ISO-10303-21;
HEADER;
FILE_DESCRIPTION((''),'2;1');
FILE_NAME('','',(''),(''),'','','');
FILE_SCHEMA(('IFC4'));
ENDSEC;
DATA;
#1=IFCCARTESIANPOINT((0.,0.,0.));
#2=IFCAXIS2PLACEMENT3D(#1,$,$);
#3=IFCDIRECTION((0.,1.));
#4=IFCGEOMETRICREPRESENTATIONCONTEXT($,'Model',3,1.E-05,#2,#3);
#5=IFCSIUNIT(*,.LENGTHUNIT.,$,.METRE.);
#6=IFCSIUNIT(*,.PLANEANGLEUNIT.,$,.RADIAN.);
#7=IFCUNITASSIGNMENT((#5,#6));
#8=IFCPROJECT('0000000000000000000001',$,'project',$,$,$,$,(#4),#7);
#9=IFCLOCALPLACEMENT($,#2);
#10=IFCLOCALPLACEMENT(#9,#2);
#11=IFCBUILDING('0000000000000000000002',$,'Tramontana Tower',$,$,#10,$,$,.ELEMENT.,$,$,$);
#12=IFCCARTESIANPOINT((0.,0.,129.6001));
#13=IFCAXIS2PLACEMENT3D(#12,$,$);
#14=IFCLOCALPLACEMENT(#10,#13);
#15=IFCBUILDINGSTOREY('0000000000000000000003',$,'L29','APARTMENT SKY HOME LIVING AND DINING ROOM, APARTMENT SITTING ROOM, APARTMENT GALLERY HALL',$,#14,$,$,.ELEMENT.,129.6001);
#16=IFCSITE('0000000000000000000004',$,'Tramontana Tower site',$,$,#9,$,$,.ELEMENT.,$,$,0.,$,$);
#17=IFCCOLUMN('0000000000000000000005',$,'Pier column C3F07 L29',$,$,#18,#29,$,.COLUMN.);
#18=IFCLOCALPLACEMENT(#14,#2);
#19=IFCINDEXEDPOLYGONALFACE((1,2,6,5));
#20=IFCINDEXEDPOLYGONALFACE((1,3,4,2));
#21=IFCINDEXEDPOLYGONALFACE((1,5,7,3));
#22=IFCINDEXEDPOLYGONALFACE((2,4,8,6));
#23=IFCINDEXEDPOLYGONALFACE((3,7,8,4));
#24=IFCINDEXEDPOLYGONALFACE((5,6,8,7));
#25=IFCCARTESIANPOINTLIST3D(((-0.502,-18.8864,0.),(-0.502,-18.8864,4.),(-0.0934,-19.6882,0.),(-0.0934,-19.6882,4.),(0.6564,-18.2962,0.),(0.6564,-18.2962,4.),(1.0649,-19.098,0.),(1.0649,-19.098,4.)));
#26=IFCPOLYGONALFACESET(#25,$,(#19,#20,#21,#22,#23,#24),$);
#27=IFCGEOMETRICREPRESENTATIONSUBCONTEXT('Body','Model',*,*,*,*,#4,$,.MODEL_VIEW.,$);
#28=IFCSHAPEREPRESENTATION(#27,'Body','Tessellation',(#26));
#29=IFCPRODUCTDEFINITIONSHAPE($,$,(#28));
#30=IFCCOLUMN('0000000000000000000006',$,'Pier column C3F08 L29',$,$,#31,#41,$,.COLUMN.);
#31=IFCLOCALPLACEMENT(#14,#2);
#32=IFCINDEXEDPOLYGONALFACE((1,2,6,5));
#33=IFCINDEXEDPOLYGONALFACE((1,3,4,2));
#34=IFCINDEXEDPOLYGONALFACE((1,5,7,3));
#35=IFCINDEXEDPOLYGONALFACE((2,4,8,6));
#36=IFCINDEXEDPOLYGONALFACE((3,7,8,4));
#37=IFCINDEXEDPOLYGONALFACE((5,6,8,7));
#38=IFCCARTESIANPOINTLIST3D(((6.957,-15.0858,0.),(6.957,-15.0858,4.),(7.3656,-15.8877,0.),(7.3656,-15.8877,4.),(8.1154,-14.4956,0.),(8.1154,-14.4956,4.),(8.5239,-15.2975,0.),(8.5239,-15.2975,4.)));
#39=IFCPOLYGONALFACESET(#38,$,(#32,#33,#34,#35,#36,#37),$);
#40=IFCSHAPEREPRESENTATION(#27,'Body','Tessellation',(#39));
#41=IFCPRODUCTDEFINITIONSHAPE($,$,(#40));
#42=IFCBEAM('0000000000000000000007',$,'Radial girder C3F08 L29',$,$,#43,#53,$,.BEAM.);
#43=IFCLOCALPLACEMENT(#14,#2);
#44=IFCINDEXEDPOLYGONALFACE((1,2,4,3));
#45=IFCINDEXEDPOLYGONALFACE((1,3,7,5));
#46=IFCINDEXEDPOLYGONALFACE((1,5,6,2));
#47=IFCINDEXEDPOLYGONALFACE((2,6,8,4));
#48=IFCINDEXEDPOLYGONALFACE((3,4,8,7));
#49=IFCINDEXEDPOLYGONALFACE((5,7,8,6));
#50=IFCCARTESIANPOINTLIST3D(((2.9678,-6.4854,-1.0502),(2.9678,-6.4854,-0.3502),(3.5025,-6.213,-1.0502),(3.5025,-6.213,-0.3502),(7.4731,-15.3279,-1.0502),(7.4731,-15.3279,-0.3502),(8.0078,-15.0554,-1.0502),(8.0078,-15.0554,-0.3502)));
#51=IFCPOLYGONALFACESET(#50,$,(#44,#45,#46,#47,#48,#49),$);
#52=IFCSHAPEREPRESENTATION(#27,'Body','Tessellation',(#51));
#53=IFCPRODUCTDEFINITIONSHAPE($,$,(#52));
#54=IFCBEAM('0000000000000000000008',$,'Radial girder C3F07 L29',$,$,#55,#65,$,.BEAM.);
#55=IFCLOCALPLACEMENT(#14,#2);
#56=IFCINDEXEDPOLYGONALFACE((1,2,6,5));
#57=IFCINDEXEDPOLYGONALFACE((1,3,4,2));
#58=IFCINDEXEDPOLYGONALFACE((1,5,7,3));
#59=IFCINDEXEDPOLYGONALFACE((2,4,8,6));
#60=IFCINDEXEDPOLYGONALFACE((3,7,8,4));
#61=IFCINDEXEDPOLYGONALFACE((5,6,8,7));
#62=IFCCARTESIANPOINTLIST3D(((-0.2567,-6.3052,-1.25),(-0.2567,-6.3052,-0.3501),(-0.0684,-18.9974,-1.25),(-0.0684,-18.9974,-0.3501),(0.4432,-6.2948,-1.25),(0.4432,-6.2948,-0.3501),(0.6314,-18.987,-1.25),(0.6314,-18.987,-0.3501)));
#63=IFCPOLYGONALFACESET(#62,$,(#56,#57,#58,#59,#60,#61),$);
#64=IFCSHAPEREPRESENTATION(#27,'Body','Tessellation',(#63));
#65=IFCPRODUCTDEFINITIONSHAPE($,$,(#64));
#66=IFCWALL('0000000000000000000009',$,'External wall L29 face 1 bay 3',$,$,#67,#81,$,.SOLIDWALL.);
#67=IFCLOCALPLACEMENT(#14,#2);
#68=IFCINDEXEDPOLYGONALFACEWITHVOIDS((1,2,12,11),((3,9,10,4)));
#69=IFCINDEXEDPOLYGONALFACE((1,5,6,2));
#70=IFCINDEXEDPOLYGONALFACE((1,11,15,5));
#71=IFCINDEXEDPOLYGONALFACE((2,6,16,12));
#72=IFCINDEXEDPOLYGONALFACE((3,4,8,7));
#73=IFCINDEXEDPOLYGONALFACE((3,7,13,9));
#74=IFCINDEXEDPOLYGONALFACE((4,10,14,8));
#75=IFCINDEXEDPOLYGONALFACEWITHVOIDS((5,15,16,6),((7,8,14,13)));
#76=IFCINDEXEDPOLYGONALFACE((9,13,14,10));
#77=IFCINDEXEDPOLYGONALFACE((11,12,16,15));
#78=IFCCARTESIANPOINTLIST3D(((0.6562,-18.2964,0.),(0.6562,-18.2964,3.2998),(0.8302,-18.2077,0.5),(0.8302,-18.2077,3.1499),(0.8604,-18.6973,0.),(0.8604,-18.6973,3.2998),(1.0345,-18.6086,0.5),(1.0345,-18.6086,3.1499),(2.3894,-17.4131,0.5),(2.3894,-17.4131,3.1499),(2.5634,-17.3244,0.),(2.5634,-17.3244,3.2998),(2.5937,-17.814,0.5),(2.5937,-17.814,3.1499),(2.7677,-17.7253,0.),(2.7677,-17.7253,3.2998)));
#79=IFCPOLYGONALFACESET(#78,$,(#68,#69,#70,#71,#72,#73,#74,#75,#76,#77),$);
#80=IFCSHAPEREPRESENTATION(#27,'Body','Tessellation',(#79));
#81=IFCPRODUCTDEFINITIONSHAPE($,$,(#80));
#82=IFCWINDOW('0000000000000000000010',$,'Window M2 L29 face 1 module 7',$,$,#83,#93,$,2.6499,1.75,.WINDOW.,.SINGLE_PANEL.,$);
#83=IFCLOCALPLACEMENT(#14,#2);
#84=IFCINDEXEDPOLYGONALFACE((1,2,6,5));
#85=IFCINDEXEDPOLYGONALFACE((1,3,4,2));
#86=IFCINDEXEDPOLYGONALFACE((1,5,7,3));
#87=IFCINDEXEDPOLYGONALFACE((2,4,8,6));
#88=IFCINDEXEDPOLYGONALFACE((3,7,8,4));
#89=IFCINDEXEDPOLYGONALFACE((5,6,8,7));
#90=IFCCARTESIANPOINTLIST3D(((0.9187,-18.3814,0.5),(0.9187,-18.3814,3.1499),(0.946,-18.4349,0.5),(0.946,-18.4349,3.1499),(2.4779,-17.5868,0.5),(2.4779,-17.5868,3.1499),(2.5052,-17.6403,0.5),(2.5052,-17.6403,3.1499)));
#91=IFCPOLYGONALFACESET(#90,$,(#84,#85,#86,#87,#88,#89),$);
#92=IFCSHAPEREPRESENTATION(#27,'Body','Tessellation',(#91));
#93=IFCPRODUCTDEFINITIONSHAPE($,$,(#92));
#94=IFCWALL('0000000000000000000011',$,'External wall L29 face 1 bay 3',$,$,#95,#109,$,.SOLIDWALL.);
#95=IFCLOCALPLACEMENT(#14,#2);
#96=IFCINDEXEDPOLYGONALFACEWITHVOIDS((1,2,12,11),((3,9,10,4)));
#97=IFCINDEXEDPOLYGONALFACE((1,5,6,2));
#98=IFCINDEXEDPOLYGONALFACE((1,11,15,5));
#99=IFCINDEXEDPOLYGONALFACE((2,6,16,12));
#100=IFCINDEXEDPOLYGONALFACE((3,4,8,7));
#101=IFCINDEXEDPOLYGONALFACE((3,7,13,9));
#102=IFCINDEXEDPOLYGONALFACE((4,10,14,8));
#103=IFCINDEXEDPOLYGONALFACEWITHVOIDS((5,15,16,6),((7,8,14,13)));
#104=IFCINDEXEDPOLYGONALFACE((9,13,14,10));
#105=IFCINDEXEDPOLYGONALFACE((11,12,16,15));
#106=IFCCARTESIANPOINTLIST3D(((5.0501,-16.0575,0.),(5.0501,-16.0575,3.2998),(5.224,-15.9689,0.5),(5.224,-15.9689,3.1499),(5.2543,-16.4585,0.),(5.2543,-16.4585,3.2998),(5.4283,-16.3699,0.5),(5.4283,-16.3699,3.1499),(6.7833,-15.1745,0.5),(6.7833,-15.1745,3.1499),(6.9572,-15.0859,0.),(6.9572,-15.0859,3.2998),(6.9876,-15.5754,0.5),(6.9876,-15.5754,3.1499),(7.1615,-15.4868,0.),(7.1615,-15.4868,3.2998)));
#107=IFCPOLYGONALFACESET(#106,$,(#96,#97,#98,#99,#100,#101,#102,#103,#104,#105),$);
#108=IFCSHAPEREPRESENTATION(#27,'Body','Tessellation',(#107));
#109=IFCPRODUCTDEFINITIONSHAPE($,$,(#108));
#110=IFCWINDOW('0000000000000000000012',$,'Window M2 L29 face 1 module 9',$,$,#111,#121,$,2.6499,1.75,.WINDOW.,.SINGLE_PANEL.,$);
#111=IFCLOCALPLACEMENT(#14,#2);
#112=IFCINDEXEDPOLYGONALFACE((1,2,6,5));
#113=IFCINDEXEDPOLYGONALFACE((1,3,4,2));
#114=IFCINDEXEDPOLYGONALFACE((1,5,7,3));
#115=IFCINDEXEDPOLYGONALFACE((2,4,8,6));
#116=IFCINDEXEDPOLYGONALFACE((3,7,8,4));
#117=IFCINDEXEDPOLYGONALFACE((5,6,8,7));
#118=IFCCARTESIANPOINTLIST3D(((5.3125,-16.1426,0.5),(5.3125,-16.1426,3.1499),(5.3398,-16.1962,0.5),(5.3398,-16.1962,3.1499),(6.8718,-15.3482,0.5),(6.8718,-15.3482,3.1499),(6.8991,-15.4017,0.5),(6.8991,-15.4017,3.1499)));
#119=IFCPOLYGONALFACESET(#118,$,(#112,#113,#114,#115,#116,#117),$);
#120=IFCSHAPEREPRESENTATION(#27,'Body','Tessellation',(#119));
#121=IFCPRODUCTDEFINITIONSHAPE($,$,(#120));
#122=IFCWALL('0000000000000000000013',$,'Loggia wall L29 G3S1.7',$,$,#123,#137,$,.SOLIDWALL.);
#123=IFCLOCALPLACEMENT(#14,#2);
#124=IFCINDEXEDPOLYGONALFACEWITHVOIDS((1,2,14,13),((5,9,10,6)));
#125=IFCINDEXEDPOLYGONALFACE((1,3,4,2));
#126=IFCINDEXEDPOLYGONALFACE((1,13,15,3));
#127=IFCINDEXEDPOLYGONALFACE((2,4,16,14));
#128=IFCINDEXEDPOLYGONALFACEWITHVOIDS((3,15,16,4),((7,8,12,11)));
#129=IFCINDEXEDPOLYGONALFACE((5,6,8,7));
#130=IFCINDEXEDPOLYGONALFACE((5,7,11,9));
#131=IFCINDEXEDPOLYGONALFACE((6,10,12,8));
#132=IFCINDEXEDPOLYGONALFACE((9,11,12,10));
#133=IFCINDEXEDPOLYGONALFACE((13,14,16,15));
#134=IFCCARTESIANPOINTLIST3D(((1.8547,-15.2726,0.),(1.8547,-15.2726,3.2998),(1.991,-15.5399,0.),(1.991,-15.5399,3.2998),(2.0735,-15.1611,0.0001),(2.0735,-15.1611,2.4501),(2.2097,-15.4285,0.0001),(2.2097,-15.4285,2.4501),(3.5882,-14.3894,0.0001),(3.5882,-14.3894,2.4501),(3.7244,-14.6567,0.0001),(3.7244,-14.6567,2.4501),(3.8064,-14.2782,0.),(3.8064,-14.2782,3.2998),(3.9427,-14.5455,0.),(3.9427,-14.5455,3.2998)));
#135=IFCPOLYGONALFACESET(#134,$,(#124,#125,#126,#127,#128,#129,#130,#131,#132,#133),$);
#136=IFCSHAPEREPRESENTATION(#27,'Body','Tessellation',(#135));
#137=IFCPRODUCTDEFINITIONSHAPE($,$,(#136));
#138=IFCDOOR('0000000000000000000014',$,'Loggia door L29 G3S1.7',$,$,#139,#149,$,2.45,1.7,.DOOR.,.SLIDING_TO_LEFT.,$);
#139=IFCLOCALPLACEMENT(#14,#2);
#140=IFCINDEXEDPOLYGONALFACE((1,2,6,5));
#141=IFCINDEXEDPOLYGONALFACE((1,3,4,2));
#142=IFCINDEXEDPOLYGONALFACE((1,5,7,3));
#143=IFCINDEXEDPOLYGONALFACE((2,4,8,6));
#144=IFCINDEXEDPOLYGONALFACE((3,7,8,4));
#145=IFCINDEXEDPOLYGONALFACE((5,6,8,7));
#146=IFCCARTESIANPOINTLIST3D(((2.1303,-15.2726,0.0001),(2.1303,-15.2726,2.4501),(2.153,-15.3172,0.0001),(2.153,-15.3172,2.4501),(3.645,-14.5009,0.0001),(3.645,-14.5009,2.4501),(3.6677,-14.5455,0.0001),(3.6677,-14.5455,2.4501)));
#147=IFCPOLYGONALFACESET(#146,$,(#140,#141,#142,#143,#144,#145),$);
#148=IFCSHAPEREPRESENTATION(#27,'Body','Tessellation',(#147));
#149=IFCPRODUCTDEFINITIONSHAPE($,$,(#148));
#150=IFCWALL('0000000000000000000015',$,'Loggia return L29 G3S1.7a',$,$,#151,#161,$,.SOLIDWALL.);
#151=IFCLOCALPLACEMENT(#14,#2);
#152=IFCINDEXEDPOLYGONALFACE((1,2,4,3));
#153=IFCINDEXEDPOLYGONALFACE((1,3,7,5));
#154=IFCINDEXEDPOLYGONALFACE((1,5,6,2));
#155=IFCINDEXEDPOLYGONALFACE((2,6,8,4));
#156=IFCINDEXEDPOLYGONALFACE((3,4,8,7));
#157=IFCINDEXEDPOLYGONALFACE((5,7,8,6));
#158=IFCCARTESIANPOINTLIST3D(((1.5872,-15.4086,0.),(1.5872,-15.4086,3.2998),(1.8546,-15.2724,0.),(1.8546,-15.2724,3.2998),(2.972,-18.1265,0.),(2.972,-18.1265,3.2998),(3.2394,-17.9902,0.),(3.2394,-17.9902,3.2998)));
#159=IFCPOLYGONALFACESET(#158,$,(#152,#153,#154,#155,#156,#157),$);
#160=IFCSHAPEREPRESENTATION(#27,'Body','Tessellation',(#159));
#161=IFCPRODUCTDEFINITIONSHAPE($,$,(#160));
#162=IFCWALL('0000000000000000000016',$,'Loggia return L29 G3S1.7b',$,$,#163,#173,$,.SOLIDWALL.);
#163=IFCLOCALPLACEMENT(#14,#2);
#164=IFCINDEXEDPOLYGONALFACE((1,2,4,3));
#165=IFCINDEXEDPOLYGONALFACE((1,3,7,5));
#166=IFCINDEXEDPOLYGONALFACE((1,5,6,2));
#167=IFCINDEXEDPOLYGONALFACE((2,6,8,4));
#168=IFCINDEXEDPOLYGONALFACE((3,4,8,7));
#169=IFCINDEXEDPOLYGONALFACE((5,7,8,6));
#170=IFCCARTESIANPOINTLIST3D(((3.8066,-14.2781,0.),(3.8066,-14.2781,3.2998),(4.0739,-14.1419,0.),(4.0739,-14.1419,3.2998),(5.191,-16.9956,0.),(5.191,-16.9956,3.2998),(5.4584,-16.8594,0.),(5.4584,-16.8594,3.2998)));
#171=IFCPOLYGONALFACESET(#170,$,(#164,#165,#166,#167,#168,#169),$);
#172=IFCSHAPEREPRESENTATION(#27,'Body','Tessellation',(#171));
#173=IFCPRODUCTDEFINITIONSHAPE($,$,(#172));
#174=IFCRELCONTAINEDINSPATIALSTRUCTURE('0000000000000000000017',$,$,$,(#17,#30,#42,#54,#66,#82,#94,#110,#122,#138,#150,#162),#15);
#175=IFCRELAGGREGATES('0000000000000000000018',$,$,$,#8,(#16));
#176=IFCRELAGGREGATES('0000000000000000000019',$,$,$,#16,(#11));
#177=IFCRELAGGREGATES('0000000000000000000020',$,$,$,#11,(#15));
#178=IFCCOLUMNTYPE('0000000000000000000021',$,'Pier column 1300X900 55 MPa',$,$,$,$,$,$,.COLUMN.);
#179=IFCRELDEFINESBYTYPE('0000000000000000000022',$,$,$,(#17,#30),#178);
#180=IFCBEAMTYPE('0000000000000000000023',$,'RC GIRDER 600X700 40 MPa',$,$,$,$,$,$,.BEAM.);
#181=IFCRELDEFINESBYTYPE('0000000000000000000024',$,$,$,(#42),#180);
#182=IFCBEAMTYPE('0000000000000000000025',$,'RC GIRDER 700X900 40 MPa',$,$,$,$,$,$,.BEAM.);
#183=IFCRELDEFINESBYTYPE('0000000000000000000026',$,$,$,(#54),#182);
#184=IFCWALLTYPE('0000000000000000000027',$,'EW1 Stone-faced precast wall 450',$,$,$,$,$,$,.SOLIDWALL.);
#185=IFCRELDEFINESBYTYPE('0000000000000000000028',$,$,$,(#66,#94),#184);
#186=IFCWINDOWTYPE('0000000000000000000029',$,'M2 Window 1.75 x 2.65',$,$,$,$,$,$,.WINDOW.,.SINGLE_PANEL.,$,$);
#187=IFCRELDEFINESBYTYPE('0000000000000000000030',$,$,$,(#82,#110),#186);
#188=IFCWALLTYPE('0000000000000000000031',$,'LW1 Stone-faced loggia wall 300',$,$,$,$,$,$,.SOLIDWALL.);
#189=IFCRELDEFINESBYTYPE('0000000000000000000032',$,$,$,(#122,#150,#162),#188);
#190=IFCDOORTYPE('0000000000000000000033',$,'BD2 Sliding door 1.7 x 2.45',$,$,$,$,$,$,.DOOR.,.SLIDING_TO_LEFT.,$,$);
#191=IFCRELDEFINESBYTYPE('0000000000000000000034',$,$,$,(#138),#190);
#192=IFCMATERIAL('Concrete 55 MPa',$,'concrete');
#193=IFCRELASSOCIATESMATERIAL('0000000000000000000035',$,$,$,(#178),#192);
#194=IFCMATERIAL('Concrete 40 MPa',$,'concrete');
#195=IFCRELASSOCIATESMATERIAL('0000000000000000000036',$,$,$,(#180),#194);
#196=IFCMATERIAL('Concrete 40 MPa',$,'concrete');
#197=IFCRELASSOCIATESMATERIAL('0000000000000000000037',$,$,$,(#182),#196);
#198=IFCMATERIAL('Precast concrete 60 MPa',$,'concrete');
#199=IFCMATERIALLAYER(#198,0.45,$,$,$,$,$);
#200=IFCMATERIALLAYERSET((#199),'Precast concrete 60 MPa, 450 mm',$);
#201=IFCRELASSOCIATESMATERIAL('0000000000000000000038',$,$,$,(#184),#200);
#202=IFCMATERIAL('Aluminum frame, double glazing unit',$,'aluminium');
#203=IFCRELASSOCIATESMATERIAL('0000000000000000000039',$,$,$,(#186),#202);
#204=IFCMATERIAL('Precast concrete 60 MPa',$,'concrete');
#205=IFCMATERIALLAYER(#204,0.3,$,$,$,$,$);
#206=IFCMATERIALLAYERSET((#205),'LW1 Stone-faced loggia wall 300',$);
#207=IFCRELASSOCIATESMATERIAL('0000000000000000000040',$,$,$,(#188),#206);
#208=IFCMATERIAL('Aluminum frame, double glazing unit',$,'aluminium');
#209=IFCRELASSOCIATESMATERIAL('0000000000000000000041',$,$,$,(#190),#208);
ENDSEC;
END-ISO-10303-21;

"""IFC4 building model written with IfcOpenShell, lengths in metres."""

from ifc_helpers import new_model, si_unit, direction, frame, frame_2d, origin, origin_2d, place, context, subcontext, project, spatial, rectangle, extrude, material, layer, layer_set, material_profile, profile_set, type_object, element, fill, save


model = new_model("IFC4")

# Units and contexts
model_context = context("Model", 3, precision=1e-05, world=origin(), true_north=direction((0.0, 1.0)))
body_context = subcontext(model_context, "Body", "Model", "MODEL_VIEW")
ifc_project = project(units=[si_unit("LENGTHUNIT", "METRE"), si_unit("PLANEANGLEUNIT", "RADIAN")], contexts=[model_context])

# Site, building, storey
site_placement = place(None, origin())
site = spatial("IfcSite", under=ifc_project, at=site_placement, Name="Tramontana Tower site", CompositionType="ELEMENT", RefElevation=0.0)
building_placement = place(site_placement, origin())
building = spatial("IfcBuilding", under=site, at=building_placement, Name="Tramontana Tower", CompositionType="ELEMENT")
storey_placement = place(building_placement, frame((0.0, 0.0, 129.6001)))
storey = spatial("IfcBuildingStorey", under=building, at=storey_placement, Name="L29", Description="APARTMENT SKY HOME LIVING AND DINING ROOM, APARTMENT SITTING ROOM, APARTMENT GALLERY HALL", CompositionType="ELEMENT", Elevation=129.6001)

# Columns
ifc_material_1 = material(Name="Concrete 55 MPa", Category="concrete")
ifc_material_profile_1 = material_profile(ifc_material_1, rectangle(XDim=1.3, YDim=0.8999, at=origin_2d()), Name="Pier column 1300X900 55 MPa")
ifc_profile_set_1 = profile_set([ifc_material_profile_1], Name="Concrete 55 MPa")
column_type = type_object("IfcColumnType", Name="Pier column 1300X900 55 MPa", PredefinedType="COLUMN", material=ifc_profile_set_1)
for number, where, z_axis, x_axis, name in (
    (1, (0.2815, -18.9922, 0.0), (0.0, 0.0, 1.0), (0.891007, 0.45399, 0.0), "Pier column C3F07 L29"),
    (2, (7.7405, -15.1917, 0.0), (0.0, 0.0, 1.0), (0.891007, 0.45399, 0.0), "Pier column C3F08 L29"),
):
    element("IfcColumn", number, at=place(storey_placement, frame(where, z_axis=z_axis, x_axis=x_axis)), inside=storey, type_object=column_type, Name=name, PredefinedType="COLUMN", context=body_context, shape_type="SweptSolid", body=[
        extrude(rectangle(XDim=1.3, YDim=0.8999, at=origin_2d()), origin(), (0.0, 0.0, 1.0), 4.0),
    ])

# Beams
ifc_material_2 = material(Name="Concrete 40 MPa", Category="concrete")
ifc_material_profile_2 = material_profile(ifc_material_2, rectangle(XDim=0.6001, YDim=0.7, at=origin_2d()), Name="RC GIRDER 600X700 40 MPa")
ifc_profile_set_2 = profile_set([ifc_material_profile_2], Name="Concrete 40 MPa")
beam_type_1 = type_object("IfcBeamType", Name="RC GIRDER 600X700 40 MPa", PredefinedType="BEAM", material=ifc_profile_set_2)
beam_1_placement = place(storey_placement, frame((7.7405, -15.1917, -0.7002), z_axis=(-0.453981, 0.891012, 0.0), x_axis=(-0.891012, -0.453981, 0.0)))
element("IfcBeam", 3, at=beam_1_placement, inside=storey, type_object=beam_type_1, Name="Radial girder C3F08 L29", PredefinedType="BEAM", context=body_context, shape_type="SweptSolid", body=[
    extrude(rectangle(XDim=0.6001, YDim=0.7, at=origin_2d()), origin(), (0.0, 0.0, 1.0), 9.9241),
])
ifc_material_3 = material(Name="Concrete 40 MPa", Category="concrete")
ifc_material_profile_3 = material_profile(ifc_material_3, rectangle(XDim=0.7, YDim=0.8999, at=origin_2d()), Name="RC GIRDER 700X900 40 MPa")
ifc_profile_set_3 = profile_set([ifc_material_profile_3], Name="Concrete 40 MPa")
beam_type_2 = type_object("IfcBeamType", Name="RC GIRDER 700X900 40 MPa", PredefinedType="BEAM", material=ifc_profile_set_3)
beam_2_placement = place(storey_placement, frame((0.2815, -18.9922, -0.8), z_axis=(-0.014829, 0.99989, 0.0), x_axis=(-0.99989, -0.014829, 0.0)))
element("IfcBeam", 4, at=beam_2_placement, inside=storey, type_object=beam_type_2, Name="Radial girder C3F07 L29", PredefinedType="BEAM", context=body_context, shape_type="SweptSolid", body=[
    extrude(rectangle(XDim=0.7, YDim=0.8999, at=origin_2d()), origin(), (0.0, 0.0, 1.0), 12.6936),
])

# Walls, openings, windows
ifc_material_4 = material(Name="Precast concrete 60 MPa", Category="concrete")
ifc_layer_1 = layer(ifc_material_4, 0.45)
ifc_layer_set_1 = layer_set([ifc_layer_1], Name="Precast concrete 60 MPa, 450 mm")
wall_type_1 = type_object("IfcWallType", Name="EW1 Stone-faced precast wall 450", PredefinedType="SOLIDWALL", material=ifc_layer_set_1)
wall_1_placement = place(storey_placement, frame((0.7583, -18.4968, 0.0), z_axis=(0.0, 0.0, 1.0), x_axis=(0.890979, 0.454044, 0.0)))
wall_1 = element("IfcWall", 5, at=wall_1_placement, inside=storey, type_object=wall_type_1, Name="External wall L29 face 1 bay 3", PredefinedType="SOLIDWALL", context=body_context, shape_type="SweptSolid", body=[
    extrude(rectangle(XDim=2.1406, YDim=0.45, at=frame_2d((1.0703, 0.0))), origin(), (0.0, 0.0, 1.0), 3.2998),
])
opening_1_placement = place(wall_1_placement, frame((0.1953, 0.0, 0.5)))
opening_1 = element("IfcOpeningElement", 6, at=opening_1_placement, cuts=wall_1, PredefinedType="OPENING", context=body_context, shape_type="SweptSolid", body=[
    extrude(rectangle(XDim=1.75, YDim=2.6499, at=frame_2d((0.875, 1.325))), frame((0.0, 0.2349, 0.0), z_axis=(0.0, -1.0, 0.0), x_axis=(1.0, 0.0, 0.0)), (0.0, 0.0, 1.0), 0.47),
])
ifc_material_5 = material(Name="Aluminum frame, double glazing unit", Category="aluminium")
window_type = type_object("IfcWindowType", Name="M2 Window 1.75 x 2.65", PartitioningType="SINGLE_PANEL", PredefinedType="WINDOW", material=ifc_material_5)
window_1_placement = place(opening_1_placement, origin())
window_1 = element("IfcWindow", 7, at=window_1_placement, inside=storey, type_object=window_type, Name="Window M2 L29 face 1 module 7", OverallHeight=2.6499, OverallWidth=1.75, PartitioningType="SINGLE_PANEL", PredefinedType="WINDOW", context=body_context, shape_type="SweptSolid", body=[
    extrude(rectangle(XDim=1.75, YDim=2.6499, at=frame_2d((0.875, 1.325))), frame((0.0, 0.03, 0.0), z_axis=(0.0, -1.0, 0.0), x_axis=(1.0, 0.0, 0.0)), (0.0, 0.0, 1.0), 0.0601),
])
fill(opening_1, window_1)
wall_2_placement = place(storey_placement, frame((5.1521, -16.2581, 0.0), z_axis=(0.0, 0.0, 1.0), x_axis=(0.891026, 0.453953, 0.0)))
wall_2 = element("IfcWall", 8, at=wall_2_placement, inside=storey, type_object=wall_type_1, Name="External wall L29 face 1 bay 3", PredefinedType="SOLIDWALL", context=body_context, shape_type="SweptSolid", body=[
    extrude(rectangle(XDim=2.1404, YDim=0.45, at=frame_2d((1.0703, 0.0))), origin(), (0.0, 0.0, 1.0), 3.2998),
])
opening_2_placement = place(wall_2_placement, frame((0.1953, 0.0, 0.5)))
opening_2 = element("IfcOpeningElement", 9, at=opening_2_placement, cuts=wall_2, PredefinedType="OPENING", context=body_context, shape_type="SweptSolid", body=[
    extrude(rectangle(XDim=1.75, YDim=2.6499, at=frame_2d((0.875, 1.325))), frame((0.0, 0.2349, 0.0), z_axis=(0.0, -1.0, 0.0), x_axis=(1.0, 0.0, 0.0)), (0.0, 0.0, 1.0), 0.47),
])
window_2_placement = place(opening_2_placement, origin())
window_2 = element("IfcWindow", 10, at=window_2_placement, inside=storey, type_object=window_type, Name="Window M2 L29 face 1 module 9", OverallHeight=2.6499, OverallWidth=1.75, PartitioningType="SINGLE_PANEL", PredefinedType="WINDOW", context=body_context, shape_type="SweptSolid", body=[
    extrude(rectangle(XDim=1.75, YDim=2.6499, at=frame_2d((0.875, 1.325))), frame((0.0, 0.03, 0.0), z_axis=(0.0, -1.0, 0.0), x_axis=(1.0, 0.0, 0.0)), (0.0, 0.0, 1.0), 0.0601),
])
fill(opening_2, window_2)

# Wall, opening, door
ifc_material_6 = material(Name="Precast concrete 60 MPa", Category="concrete")
ifc_layer_2 = layer(ifc_material_6, 0.3)
ifc_layer_set_2 = layer_set([ifc_layer_2], Name="LW1 Stone-faced loggia wall 300")
wall_type_2 = type_object("IfcWallType", Name="LW1 Stone-faced loggia wall 300", PredefinedType="SOLIDWALL", material=ifc_layer_set_2)
wall_3_placement = place(storey_placement, frame((1.9229, -15.4062, 0.0), z_axis=(0.0, 0.0, 1.0), x_axis=(0.891013, 0.453978, 0.0)))
wall_3 = element("IfcWall", 11, at=wall_3_placement, inside=storey, type_object=wall_type_2, Name="Loggia wall L29 G3S1.7", PredefinedType="SOLIDWALL", context=body_context, shape_type="SweptSolid", body=[
    extrude(rectangle(XDim=2.1904, YDim=0.3, at=frame_2d((1.0952, 0.0))), origin(), (0.0, 0.0, 1.0), 3.2998),
])
opening_3_placement = place(wall_3_placement, frame((0.2454, 0.0, 0.0)))
opening_3 = element("IfcOpeningElement", 12, at=opening_3_placement, cuts=wall_3, PredefinedType="OPENING", context=body_context, shape_type="SweptSolid", body=[
    extrude(rectangle(XDim=1.7, YDim=2.45, at=frame_2d((0.8501, 1.2251))), frame((0.0, 0.1599, 0.0), z_axis=(0.0, -1.0, 0.0), x_axis=(1.0, 0.0, 0.0)), (0.0, 0.0, 1.0), 0.3201),
])
ifc_material_7 = material(Name="Aluminum frame, double glazing unit", Category="aluminium")
door_type_1 = type_object("IfcDoorType", Name="BD2 Sliding door 1.7 x 2.45", OperationType="SLIDING_TO_LEFT", PredefinedType="DOOR", material=ifc_material_7)
door_1_placement = place(opening_3_placement, origin())
door_1 = element("IfcDoor", 13, at=door_1_placement, inside=storey, type_object=door_type_1, Name="Loggia door L29 G3S1.7", OperationType="SLIDING_TO_LEFT", OverallHeight=2.45, OverallWidth=1.7, PredefinedType="DOOR", context=body_context, shape_type="SweptSolid", body=[
    extrude(rectangle(XDim=1.7, YDim=2.45, at=frame_2d((0.8501, 1.2251))), frame((0.0, 0.0249, 0.0), z_axis=(0.0, -1.0, 0.0), x_axis=(1.0, 0.0, 0.0)), (0.0, 0.0, 1.0), 0.05),
])
fill(opening_3, door_1)

# Walls
wall_4_placement = place(storey_placement, frame((3.1057, -18.0583, 0.0), z_axis=(0.0, 0.0, 1.0), x_axis=(-0.453988, 0.891008, 0.0)))
element("IfcWall", 14, at=wall_4_placement, inside=storey, type_object=wall_type_2, Name="Loggia return L29 G3S1.7a", PredefinedType="SOLIDWALL", context=body_context, shape_type="SweptSolid", body=[
    extrude(rectangle(XDim=3.0503, YDim=0.3, at=frame_2d((1.5251, 0.0))), origin(), (0.0, 0.0, 1.0), 3.2998),
])
wall_5_placement = place(storey_placement, frame((5.3247, -16.9275, 0.0), z_axis=(0.0, 0.0, 1.0), x_axis=(-0.453957, 0.891024, 0.0)))
element("IfcWall", 15, at=wall_5_placement, inside=storey, type_object=wall_type_2, Name="Loggia return L29 G3S1.7b", PredefinedType="SOLIDWALL", context=body_context, shape_type="SweptSolid", body=[
    extrude(rectangle(XDim=3.0498, YDim=0.3, at=frame_2d((1.5249, 0.0))), origin(), (0.0, 0.0, 1.0), 3.2998),
])

save(model, "model.ifc")
